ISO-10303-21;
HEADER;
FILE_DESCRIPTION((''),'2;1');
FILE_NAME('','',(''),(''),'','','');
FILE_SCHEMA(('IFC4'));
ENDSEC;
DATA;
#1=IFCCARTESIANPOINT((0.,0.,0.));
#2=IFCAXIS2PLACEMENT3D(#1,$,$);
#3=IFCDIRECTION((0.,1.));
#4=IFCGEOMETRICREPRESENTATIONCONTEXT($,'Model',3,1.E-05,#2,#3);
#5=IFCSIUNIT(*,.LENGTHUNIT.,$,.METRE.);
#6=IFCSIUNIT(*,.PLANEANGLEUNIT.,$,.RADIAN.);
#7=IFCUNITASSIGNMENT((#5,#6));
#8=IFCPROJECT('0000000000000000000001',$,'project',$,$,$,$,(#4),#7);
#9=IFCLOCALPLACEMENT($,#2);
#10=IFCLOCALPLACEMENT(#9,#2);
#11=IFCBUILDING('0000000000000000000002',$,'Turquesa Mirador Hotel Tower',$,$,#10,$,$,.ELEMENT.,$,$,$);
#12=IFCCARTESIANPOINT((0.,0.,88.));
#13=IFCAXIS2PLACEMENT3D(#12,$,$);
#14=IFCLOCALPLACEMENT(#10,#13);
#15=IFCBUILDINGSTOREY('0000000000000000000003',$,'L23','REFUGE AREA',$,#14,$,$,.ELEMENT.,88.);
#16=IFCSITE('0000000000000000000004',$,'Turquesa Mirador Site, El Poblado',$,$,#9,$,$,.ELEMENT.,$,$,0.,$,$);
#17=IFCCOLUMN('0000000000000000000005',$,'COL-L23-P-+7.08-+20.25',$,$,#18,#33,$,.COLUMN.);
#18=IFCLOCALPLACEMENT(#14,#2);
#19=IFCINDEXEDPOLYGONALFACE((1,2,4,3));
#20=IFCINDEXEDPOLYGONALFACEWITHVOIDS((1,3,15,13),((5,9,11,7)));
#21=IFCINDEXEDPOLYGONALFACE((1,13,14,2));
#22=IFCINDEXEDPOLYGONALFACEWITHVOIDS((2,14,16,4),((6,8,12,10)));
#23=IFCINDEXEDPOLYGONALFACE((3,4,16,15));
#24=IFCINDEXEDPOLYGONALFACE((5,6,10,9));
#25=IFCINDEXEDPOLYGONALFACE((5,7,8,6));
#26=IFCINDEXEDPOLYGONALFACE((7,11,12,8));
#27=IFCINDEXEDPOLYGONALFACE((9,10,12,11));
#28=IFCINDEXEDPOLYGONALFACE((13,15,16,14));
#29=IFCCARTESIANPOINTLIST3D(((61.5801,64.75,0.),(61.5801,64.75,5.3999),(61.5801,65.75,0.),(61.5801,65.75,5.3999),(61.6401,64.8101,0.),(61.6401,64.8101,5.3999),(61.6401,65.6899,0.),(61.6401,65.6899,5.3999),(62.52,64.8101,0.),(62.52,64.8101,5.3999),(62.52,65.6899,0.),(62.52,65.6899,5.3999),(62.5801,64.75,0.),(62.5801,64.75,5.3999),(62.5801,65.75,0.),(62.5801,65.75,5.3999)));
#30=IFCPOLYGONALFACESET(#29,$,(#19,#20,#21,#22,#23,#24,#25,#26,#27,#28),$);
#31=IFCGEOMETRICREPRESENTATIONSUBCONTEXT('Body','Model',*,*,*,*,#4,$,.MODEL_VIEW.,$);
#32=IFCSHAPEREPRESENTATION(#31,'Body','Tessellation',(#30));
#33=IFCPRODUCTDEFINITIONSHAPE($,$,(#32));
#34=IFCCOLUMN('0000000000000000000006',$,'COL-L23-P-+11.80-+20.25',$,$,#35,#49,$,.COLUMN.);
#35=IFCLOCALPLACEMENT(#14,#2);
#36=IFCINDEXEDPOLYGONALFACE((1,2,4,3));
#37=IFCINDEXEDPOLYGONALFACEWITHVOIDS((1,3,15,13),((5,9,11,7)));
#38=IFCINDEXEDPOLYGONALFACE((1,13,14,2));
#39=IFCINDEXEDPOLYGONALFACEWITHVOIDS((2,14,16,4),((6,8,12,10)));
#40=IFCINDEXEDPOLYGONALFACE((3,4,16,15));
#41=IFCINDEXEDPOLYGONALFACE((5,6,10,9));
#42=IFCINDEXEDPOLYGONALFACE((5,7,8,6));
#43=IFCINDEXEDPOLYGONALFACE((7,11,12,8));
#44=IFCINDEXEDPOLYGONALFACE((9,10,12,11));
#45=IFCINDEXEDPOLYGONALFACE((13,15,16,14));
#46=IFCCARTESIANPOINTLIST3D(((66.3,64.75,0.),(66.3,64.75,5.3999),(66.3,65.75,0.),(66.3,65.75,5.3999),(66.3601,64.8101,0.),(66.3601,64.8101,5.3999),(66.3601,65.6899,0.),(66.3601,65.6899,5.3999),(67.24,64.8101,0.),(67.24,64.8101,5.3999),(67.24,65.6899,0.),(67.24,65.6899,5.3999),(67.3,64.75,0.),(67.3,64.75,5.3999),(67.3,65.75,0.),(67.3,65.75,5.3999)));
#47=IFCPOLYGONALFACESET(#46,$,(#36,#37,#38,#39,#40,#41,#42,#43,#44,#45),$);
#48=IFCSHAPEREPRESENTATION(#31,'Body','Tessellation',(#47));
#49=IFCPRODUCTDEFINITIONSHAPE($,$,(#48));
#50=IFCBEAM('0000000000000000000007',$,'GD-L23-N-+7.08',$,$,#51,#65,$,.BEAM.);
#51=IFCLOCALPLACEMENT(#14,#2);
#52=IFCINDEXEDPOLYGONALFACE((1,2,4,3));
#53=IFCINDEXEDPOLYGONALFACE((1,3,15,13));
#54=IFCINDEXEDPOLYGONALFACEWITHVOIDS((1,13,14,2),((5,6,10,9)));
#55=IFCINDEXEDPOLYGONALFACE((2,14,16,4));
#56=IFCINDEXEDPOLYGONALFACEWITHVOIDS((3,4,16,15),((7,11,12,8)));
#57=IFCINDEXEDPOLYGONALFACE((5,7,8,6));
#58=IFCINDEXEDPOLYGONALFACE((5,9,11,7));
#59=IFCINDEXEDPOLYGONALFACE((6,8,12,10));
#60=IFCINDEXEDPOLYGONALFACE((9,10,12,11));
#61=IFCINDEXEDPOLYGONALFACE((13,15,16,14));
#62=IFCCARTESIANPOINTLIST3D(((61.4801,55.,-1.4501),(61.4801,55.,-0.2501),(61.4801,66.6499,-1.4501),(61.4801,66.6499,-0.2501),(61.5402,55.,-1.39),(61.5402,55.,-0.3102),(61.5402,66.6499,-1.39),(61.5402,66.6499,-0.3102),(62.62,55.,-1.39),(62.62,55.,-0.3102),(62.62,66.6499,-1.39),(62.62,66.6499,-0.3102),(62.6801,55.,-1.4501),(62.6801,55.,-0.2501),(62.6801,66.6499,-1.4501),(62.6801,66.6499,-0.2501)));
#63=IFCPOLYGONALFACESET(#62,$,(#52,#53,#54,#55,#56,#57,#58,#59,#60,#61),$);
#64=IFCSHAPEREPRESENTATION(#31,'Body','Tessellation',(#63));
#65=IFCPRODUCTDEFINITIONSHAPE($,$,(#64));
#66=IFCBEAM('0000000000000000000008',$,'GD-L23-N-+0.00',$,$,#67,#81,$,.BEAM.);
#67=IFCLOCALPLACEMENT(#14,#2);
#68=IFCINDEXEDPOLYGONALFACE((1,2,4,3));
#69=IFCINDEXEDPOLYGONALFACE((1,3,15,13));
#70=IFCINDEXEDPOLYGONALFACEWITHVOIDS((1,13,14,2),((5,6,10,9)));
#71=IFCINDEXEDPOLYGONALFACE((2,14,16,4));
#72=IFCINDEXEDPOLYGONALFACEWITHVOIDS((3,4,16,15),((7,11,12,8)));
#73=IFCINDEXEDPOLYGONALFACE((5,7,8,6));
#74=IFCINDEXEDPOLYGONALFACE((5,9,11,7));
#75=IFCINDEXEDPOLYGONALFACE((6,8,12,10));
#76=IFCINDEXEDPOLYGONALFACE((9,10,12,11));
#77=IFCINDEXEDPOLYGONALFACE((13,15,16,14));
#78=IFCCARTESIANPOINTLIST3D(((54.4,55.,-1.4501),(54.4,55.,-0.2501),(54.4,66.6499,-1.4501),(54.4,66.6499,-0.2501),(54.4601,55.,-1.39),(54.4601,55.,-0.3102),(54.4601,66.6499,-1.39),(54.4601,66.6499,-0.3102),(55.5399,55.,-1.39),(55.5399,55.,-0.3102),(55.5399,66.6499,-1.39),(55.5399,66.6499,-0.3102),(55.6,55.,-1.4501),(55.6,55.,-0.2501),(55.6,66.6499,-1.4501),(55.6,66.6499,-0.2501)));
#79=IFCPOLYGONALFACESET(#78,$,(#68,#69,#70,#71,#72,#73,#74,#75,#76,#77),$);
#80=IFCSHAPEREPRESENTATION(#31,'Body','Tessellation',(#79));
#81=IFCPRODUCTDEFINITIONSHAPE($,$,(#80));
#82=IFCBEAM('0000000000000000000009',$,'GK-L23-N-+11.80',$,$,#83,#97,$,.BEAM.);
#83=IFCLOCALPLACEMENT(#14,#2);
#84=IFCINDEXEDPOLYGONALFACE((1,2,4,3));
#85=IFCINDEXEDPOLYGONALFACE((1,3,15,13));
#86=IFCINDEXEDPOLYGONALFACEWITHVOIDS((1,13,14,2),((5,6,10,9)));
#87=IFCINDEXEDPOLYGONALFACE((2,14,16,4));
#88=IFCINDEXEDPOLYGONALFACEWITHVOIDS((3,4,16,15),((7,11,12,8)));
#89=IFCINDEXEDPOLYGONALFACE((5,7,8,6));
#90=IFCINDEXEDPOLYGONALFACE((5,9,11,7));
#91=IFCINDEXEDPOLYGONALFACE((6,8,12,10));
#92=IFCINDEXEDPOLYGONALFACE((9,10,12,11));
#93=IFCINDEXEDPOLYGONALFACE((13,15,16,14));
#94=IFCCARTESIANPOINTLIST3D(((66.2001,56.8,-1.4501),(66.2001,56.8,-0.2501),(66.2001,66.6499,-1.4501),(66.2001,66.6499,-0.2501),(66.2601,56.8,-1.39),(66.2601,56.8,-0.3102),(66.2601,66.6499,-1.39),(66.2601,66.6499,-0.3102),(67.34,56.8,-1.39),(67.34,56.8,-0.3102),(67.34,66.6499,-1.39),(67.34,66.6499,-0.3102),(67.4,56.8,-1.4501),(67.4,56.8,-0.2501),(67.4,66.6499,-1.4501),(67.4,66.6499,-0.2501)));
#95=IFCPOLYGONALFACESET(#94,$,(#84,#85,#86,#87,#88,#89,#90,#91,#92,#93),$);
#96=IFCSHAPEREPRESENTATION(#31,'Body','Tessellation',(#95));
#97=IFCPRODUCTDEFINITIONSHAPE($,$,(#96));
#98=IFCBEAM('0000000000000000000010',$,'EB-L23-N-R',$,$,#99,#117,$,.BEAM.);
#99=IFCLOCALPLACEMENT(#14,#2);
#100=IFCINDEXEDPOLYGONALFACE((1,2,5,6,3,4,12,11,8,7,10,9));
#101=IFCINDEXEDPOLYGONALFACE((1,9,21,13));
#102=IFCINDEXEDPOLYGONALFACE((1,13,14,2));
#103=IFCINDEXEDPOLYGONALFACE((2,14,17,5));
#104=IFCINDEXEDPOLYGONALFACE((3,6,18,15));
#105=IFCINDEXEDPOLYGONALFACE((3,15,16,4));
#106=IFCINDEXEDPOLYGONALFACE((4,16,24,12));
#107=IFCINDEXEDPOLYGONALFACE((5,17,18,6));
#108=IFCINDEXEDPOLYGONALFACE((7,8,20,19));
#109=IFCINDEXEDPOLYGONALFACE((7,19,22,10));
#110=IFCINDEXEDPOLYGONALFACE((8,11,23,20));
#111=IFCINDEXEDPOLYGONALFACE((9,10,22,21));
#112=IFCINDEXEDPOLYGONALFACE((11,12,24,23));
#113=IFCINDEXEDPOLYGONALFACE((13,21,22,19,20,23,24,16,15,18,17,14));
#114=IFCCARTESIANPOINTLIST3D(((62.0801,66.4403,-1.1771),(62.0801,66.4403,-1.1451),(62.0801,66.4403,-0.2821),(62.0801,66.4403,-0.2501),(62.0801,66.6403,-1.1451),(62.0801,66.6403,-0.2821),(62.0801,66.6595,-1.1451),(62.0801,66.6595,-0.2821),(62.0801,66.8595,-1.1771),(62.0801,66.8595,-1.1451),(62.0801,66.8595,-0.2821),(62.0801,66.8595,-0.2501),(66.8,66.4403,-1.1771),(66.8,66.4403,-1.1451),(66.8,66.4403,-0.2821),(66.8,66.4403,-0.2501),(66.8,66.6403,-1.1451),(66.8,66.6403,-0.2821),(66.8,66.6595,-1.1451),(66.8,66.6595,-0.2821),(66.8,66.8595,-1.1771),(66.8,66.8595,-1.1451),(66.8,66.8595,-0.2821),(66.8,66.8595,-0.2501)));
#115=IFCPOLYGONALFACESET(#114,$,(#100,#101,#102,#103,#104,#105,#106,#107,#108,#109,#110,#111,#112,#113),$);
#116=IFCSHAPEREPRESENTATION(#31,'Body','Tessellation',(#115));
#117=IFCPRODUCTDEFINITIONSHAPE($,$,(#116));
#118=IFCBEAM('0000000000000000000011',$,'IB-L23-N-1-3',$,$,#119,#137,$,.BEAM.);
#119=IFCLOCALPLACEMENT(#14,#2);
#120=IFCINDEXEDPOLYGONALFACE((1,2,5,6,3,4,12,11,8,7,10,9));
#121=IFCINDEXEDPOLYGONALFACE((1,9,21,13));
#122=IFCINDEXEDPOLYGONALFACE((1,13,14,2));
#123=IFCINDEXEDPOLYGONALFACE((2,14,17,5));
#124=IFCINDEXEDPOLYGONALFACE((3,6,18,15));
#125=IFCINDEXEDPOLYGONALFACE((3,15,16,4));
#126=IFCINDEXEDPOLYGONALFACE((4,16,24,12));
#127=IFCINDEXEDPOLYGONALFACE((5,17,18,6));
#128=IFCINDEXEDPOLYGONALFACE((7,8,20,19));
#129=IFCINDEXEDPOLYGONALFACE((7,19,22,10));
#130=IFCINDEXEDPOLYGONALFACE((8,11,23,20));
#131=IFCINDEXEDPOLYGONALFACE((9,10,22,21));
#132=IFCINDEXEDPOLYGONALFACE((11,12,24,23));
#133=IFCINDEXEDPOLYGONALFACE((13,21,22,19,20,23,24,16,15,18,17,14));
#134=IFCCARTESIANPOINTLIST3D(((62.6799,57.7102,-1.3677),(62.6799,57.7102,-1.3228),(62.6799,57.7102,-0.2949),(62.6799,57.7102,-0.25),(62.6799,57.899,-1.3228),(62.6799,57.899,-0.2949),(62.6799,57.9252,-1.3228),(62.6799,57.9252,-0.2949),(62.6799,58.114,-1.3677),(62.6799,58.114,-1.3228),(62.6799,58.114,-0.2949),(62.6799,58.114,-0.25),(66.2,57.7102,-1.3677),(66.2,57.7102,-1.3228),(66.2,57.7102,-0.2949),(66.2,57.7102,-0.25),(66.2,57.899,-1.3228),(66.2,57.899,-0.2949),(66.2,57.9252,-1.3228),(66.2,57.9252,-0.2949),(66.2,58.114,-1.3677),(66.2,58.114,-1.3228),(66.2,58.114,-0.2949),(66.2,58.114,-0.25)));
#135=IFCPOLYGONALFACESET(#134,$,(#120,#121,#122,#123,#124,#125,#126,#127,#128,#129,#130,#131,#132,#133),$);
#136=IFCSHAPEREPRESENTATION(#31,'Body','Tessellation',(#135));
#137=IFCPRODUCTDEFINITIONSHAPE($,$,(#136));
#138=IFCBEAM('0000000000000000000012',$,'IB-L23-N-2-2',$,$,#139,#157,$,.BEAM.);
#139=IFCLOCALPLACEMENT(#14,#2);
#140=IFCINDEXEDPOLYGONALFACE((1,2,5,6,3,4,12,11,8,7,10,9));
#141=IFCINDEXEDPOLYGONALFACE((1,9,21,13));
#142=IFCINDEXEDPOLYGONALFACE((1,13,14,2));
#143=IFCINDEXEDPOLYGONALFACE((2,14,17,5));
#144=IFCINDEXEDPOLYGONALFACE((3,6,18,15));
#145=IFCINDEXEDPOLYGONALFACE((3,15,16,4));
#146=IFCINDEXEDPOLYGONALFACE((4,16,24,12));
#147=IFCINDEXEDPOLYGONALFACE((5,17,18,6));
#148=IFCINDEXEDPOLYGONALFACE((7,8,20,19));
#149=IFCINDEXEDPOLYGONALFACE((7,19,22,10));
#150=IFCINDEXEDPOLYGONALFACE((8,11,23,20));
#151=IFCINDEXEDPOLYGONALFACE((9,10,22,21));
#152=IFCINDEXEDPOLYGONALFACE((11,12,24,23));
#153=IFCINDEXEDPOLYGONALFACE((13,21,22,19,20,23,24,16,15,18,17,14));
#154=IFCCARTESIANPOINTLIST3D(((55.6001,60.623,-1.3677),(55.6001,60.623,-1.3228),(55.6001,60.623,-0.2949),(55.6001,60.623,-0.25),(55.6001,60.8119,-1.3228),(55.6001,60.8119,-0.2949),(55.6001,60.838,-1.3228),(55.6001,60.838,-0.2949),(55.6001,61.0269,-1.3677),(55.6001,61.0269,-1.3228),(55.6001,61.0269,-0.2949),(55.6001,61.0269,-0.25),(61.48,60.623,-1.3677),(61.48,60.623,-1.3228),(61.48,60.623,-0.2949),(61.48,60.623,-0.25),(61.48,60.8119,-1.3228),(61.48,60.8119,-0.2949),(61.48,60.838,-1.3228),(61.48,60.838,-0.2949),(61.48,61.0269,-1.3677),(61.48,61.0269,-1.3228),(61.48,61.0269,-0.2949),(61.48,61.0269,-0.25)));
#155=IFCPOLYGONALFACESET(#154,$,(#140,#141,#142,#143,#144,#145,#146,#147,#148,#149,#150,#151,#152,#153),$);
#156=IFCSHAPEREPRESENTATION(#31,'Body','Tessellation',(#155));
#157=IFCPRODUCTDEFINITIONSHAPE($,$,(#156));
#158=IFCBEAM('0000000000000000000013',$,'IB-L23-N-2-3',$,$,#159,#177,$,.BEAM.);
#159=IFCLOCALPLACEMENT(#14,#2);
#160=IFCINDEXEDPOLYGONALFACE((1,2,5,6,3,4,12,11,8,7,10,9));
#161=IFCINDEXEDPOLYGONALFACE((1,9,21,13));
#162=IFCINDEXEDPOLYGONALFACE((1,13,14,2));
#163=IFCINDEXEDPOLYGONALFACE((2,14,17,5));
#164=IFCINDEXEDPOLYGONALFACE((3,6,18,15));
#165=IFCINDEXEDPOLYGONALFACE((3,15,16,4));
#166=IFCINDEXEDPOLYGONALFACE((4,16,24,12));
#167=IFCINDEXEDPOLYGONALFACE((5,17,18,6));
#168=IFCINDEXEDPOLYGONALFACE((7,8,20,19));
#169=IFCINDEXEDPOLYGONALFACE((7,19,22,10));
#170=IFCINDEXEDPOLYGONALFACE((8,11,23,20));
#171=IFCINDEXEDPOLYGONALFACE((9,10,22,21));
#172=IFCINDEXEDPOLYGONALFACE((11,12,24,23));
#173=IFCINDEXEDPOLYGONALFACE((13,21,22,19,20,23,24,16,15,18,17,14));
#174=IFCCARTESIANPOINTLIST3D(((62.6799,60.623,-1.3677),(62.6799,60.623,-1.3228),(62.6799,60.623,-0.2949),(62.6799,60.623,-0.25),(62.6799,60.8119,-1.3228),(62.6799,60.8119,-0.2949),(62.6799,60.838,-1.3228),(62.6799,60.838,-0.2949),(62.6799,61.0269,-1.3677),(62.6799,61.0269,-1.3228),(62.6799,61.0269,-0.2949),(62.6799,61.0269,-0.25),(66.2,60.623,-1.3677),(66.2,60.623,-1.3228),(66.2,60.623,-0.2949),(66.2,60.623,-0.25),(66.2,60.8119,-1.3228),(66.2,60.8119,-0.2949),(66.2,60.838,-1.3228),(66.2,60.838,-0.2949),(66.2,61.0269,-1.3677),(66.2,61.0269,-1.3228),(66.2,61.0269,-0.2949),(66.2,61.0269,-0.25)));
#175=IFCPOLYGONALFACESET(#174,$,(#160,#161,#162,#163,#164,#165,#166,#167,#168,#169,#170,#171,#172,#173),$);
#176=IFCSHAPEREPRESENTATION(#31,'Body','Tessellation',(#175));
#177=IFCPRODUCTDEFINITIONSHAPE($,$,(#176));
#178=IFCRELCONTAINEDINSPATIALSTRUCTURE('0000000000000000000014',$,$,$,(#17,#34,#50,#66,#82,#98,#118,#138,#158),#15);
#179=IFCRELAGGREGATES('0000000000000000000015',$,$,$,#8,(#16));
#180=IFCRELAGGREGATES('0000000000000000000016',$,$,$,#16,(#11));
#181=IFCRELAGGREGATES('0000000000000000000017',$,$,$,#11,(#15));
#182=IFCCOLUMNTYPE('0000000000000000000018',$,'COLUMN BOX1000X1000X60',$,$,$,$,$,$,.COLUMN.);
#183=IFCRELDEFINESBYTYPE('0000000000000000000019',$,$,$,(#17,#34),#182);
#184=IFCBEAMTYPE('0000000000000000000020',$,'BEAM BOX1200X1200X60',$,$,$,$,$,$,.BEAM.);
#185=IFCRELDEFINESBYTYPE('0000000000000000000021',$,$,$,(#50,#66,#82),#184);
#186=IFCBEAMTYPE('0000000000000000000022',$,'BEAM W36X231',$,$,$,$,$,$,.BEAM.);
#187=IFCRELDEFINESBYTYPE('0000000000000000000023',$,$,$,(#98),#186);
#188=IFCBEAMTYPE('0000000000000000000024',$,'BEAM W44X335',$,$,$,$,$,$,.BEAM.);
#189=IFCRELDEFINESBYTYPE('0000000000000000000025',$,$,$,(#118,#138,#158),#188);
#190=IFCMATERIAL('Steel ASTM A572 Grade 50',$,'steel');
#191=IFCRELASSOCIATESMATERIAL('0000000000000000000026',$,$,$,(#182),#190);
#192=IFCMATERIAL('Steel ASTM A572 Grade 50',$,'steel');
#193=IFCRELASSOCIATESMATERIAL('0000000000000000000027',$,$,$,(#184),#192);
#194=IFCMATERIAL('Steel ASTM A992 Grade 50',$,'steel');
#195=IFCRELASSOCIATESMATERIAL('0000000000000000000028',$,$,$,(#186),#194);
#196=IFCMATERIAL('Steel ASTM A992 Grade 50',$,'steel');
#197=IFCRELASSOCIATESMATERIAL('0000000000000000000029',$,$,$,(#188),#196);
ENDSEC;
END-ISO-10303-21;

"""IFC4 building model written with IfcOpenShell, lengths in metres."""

from ifc_helpers import new_model, si_unit, direction, frame, origin, origin_2d, place, context, subcontext, project, spatial, hollow_rectangle, i_section, extrude, material, material_profile, profile_set, type_object, element, save


model = new_model("IFC4")

# Units and contexts
model_context = context("Model", 3, precision=1e-05, world=origin(), true_north=direction((0.0, 1.0)))
body_context = subcontext(model_context, "Body", "Model", "MODEL_VIEW")
ifc_project = project(units=[si_unit("LENGTHUNIT", "METRE"), si_unit("PLANEANGLEUNIT", "RADIAN")], contexts=[model_context])

# Site, building, storey
site_placement = place(None, origin())
site = spatial("IfcSite", under=ifc_project, at=site_placement, Name="Turquesa Mirador Site, El Poblado", CompositionType="ELEMENT", RefElevation=0.0)
building_placement = place(site_placement, origin())
building = spatial("IfcBuilding", under=site, at=building_placement, Name="Turquesa Mirador Hotel Tower", CompositionType="ELEMENT")
storey_placement = place(building_placement, frame((0.0, 0.0, 88.0)))
storey = spatial("IfcBuildingStorey", under=building, at=storey_placement, Name="L23", Description="REFUGE AREA", CompositionType="ELEMENT", Elevation=88.0)

# Columns
ifc_material_1 = material(Name="Steel ASTM A572 Grade 50", Category="steel")
ifc_material_profile_1 = material_profile(ifc_material_1, hollow_rectangle(XDim=1.0, YDim=1.0, WallThickness=0.0601, at=origin_2d()), Name="BOX1000X1000X60")
ifc_profile_set_1 = profile_set([ifc_material_profile_1], Name="Steel ASTM A572 Grade 50")
column_type = type_object("IfcColumnType", Name="COLUMN BOX1000X1000X60", PredefinedType="COLUMN", material=ifc_profile_set_1)
for number, where, z_axis, x_axis, name in (
    (1, (62.0801, 65.25, 0.0), (0.0, 0.0, 1.0), (1.0, 0.0, 0.0), "COL-L23-P-+7.08-+20.25"),
    (2, (66.8, 65.25, 0.0), (0.0, 0.0, 1.0), (1.0, 0.0, 0.0), "COL-L23-P-+11.80-+20.25"),
):
    element("IfcColumn", number, at=place(storey_placement, frame(where, z_axis=z_axis, x_axis=x_axis)), inside=storey, type_object=column_type, Name=name, PredefinedType="COLUMN", context=body_context, shape_type="SweptSolid", body=[
        extrude(hollow_rectangle(XDim=1.0, YDim=1.0, WallThickness=0.0601, at=origin_2d()), origin(), (0.0, 0.0, 1.0), 5.3999),
    ])

# Beams
ifc_material_2 = material(Name="Steel ASTM A572 Grade 50", Category="steel")
ifc_material_profile_2 = material_profile(ifc_material_2, hollow_rectangle(XDim=1.2, YDim=1.2, WallThickness=0.0601, at=origin_2d()), Name="BOX1200X1200X60")
ifc_profile_set_2 = profile_set([ifc_material_profile_2], Name="Steel ASTM A572 Grade 50")
beam_type_1 = type_object("IfcBeamType", Name="BEAM BOX1200X1200X60", PredefinedType="BEAM", material=ifc_profile_set_2)
for number, where, z_axis, x_axis, name in (
    (3, (62.0801, 66.6499, -0.8501), (0.0, -1.0, 0.0), (1.0, 0.0, 0.0), "GD-L23-N-+7.08"),
    (4, (55.0, 66.6499, -0.8501), (0.0, -1.0, 0.0), (1.0, 0.0, 0.0), "GD-L23-N-+0.00"),
):
    element("IfcBeam", number, at=place(storey_placement, frame(where, z_axis=z_axis, x_axis=x_axis)), inside=storey, type_object=beam_type_1, Name=name, PredefinedType="BEAM", context=body_context, shape_type="SweptSolid", body=[
        extrude(hollow_rectangle(XDim=1.2, YDim=1.2, WallThickness=0.0601, at=origin_2d()), origin(), (0.0, 0.0, 1.0), 11.6499),
    ])
beam_1_placement = place(storey_placement, frame((66.8, 66.6499, -0.8501), z_axis=(0.0, -1.0, 0.0), x_axis=(1.0, 0.0, 0.0)))
element("IfcBeam", 5, at=beam_1_placement, inside=storey, type_object=beam_type_1, Name="GK-L23-N-+11.80", PredefinedType="BEAM", context=body_context, shape_type="SweptSolid", body=[
    extrude(hollow_rectangle(XDim=1.2, YDim=1.2, WallThickness=0.0601, at=origin_2d()), origin(), (0.0, 0.0, 1.0), 9.8499),
])
ifc_material_3 = material(Name="Steel ASTM A992 Grade 50", Category="steel")
ifc_material_profile_3 = material_profile(ifc_material_3, i_section(OverallWidth=0.4192, OverallDepth=0.927, WebThickness=0.0193, FlangeThickness=0.032, at=origin_2d()), Name="W36X231")
ifc_profile_set_3 = profile_set([ifc_material_profile_3], Name="Steel ASTM A992 Grade 50")
beam_type_2 = type_object("IfcBeamType", Name="BEAM W36X231", PredefinedType="BEAM", material=ifc_profile_set_3)
beam_2_placement = place(storey_placement, frame((62.0801, 66.6499, -0.7136), z_axis=(1.0, 0.0, 0.0), x_axis=(0.0, 1.0, 0.0)))
element("IfcBeam", 6, at=beam_2_placement, inside=storey, type_object=beam_type_2, Name="EB-L23-N-R", PredefinedType="BEAM", context=body_context, shape_type="SweptSolid", body=[
    extrude(i_section(OverallWidth=0.4192, OverallDepth=0.927, WebThickness=0.0193, FlangeThickness=0.032, at=origin_2d()), origin(), (0.0, 0.0, 1.0), 4.72),
])
ifc_material_4 = material(Name="Steel ASTM A992 Grade 50", Category="steel")
ifc_material_profile_4 = material_profile(ifc_material_4, i_section(OverallWidth=0.4038, OverallDepth=1.1177, WebThickness=0.0261, FlangeThickness=0.0449, at=origin_2d()), Name="W44X335")
ifc_profile_set_4 = profile_set([ifc_material_profile_4], Name="Steel ASTM A992 Grade 50")
beam_type_3 = type_object("IfcBeamType", Name="BEAM W44X335", PredefinedType="BEAM", material=ifc_profile_set_4)
beam_3_placement = place(storey_placement, frame((62.6799, 57.9121, -0.8088), z_axis=(1.0, 0.0, 0.0), x_axis=(0.0, 1.0, 0.0)))
element("IfcBeam", 7, at=beam_3_placement, inside=storey, type_object=beam_type_3, Name="IB-L23-N-1-3", PredefinedType="BEAM", context=body_context, shape_type="SweptSolid", body=[
    extrude(i_section(OverallWidth=0.4038, OverallDepth=1.1177, WebThickness=0.0261, FlangeThickness=0.0449, at=origin_2d()), origin(), (0.0, 0.0, 1.0), 3.52),
])
beam_4_placement = place(storey_placement, frame((55.6001, 60.825, -0.8088), z_axis=(1.0, 0.0, 0.0), x_axis=(0.0, 1.0, 0.0)))
element("IfcBeam", 8, at=beam_4_placement, inside=storey, type_object=beam_type_3, Name="IB-L23-N-2-2", PredefinedType="BEAM", context=body_context, shape_type="SweptSolid", body=[
    extrude(i_section(OverallWidth=0.4038, OverallDepth=1.1177, WebThickness=0.0261, FlangeThickness=0.0449, at=origin_2d()), origin(), (0.0, 0.0, 1.0), 5.8799),
])
beam_5_placement = place(storey_placement, frame((62.6799, 60.825, -0.8088), z_axis=(1.0, 0.0, 0.0), x_axis=(0.0, 1.0, 0.0)))
element("IfcBeam", 9, at=beam_5_placement, inside=storey, type_object=beam_type_3, Name="IB-L23-N-2-3", PredefinedType="BEAM", context=body_context, shape_type="SweptSolid", body=[
    extrude(i_section(OverallWidth=0.4038, OverallDepth=1.1177, WebThickness=0.0261, FlangeThickness=0.0449, at=origin_2d()), origin(), (0.0, 0.0, 1.0), 3.52),
])

save(model, "model.ifc")
